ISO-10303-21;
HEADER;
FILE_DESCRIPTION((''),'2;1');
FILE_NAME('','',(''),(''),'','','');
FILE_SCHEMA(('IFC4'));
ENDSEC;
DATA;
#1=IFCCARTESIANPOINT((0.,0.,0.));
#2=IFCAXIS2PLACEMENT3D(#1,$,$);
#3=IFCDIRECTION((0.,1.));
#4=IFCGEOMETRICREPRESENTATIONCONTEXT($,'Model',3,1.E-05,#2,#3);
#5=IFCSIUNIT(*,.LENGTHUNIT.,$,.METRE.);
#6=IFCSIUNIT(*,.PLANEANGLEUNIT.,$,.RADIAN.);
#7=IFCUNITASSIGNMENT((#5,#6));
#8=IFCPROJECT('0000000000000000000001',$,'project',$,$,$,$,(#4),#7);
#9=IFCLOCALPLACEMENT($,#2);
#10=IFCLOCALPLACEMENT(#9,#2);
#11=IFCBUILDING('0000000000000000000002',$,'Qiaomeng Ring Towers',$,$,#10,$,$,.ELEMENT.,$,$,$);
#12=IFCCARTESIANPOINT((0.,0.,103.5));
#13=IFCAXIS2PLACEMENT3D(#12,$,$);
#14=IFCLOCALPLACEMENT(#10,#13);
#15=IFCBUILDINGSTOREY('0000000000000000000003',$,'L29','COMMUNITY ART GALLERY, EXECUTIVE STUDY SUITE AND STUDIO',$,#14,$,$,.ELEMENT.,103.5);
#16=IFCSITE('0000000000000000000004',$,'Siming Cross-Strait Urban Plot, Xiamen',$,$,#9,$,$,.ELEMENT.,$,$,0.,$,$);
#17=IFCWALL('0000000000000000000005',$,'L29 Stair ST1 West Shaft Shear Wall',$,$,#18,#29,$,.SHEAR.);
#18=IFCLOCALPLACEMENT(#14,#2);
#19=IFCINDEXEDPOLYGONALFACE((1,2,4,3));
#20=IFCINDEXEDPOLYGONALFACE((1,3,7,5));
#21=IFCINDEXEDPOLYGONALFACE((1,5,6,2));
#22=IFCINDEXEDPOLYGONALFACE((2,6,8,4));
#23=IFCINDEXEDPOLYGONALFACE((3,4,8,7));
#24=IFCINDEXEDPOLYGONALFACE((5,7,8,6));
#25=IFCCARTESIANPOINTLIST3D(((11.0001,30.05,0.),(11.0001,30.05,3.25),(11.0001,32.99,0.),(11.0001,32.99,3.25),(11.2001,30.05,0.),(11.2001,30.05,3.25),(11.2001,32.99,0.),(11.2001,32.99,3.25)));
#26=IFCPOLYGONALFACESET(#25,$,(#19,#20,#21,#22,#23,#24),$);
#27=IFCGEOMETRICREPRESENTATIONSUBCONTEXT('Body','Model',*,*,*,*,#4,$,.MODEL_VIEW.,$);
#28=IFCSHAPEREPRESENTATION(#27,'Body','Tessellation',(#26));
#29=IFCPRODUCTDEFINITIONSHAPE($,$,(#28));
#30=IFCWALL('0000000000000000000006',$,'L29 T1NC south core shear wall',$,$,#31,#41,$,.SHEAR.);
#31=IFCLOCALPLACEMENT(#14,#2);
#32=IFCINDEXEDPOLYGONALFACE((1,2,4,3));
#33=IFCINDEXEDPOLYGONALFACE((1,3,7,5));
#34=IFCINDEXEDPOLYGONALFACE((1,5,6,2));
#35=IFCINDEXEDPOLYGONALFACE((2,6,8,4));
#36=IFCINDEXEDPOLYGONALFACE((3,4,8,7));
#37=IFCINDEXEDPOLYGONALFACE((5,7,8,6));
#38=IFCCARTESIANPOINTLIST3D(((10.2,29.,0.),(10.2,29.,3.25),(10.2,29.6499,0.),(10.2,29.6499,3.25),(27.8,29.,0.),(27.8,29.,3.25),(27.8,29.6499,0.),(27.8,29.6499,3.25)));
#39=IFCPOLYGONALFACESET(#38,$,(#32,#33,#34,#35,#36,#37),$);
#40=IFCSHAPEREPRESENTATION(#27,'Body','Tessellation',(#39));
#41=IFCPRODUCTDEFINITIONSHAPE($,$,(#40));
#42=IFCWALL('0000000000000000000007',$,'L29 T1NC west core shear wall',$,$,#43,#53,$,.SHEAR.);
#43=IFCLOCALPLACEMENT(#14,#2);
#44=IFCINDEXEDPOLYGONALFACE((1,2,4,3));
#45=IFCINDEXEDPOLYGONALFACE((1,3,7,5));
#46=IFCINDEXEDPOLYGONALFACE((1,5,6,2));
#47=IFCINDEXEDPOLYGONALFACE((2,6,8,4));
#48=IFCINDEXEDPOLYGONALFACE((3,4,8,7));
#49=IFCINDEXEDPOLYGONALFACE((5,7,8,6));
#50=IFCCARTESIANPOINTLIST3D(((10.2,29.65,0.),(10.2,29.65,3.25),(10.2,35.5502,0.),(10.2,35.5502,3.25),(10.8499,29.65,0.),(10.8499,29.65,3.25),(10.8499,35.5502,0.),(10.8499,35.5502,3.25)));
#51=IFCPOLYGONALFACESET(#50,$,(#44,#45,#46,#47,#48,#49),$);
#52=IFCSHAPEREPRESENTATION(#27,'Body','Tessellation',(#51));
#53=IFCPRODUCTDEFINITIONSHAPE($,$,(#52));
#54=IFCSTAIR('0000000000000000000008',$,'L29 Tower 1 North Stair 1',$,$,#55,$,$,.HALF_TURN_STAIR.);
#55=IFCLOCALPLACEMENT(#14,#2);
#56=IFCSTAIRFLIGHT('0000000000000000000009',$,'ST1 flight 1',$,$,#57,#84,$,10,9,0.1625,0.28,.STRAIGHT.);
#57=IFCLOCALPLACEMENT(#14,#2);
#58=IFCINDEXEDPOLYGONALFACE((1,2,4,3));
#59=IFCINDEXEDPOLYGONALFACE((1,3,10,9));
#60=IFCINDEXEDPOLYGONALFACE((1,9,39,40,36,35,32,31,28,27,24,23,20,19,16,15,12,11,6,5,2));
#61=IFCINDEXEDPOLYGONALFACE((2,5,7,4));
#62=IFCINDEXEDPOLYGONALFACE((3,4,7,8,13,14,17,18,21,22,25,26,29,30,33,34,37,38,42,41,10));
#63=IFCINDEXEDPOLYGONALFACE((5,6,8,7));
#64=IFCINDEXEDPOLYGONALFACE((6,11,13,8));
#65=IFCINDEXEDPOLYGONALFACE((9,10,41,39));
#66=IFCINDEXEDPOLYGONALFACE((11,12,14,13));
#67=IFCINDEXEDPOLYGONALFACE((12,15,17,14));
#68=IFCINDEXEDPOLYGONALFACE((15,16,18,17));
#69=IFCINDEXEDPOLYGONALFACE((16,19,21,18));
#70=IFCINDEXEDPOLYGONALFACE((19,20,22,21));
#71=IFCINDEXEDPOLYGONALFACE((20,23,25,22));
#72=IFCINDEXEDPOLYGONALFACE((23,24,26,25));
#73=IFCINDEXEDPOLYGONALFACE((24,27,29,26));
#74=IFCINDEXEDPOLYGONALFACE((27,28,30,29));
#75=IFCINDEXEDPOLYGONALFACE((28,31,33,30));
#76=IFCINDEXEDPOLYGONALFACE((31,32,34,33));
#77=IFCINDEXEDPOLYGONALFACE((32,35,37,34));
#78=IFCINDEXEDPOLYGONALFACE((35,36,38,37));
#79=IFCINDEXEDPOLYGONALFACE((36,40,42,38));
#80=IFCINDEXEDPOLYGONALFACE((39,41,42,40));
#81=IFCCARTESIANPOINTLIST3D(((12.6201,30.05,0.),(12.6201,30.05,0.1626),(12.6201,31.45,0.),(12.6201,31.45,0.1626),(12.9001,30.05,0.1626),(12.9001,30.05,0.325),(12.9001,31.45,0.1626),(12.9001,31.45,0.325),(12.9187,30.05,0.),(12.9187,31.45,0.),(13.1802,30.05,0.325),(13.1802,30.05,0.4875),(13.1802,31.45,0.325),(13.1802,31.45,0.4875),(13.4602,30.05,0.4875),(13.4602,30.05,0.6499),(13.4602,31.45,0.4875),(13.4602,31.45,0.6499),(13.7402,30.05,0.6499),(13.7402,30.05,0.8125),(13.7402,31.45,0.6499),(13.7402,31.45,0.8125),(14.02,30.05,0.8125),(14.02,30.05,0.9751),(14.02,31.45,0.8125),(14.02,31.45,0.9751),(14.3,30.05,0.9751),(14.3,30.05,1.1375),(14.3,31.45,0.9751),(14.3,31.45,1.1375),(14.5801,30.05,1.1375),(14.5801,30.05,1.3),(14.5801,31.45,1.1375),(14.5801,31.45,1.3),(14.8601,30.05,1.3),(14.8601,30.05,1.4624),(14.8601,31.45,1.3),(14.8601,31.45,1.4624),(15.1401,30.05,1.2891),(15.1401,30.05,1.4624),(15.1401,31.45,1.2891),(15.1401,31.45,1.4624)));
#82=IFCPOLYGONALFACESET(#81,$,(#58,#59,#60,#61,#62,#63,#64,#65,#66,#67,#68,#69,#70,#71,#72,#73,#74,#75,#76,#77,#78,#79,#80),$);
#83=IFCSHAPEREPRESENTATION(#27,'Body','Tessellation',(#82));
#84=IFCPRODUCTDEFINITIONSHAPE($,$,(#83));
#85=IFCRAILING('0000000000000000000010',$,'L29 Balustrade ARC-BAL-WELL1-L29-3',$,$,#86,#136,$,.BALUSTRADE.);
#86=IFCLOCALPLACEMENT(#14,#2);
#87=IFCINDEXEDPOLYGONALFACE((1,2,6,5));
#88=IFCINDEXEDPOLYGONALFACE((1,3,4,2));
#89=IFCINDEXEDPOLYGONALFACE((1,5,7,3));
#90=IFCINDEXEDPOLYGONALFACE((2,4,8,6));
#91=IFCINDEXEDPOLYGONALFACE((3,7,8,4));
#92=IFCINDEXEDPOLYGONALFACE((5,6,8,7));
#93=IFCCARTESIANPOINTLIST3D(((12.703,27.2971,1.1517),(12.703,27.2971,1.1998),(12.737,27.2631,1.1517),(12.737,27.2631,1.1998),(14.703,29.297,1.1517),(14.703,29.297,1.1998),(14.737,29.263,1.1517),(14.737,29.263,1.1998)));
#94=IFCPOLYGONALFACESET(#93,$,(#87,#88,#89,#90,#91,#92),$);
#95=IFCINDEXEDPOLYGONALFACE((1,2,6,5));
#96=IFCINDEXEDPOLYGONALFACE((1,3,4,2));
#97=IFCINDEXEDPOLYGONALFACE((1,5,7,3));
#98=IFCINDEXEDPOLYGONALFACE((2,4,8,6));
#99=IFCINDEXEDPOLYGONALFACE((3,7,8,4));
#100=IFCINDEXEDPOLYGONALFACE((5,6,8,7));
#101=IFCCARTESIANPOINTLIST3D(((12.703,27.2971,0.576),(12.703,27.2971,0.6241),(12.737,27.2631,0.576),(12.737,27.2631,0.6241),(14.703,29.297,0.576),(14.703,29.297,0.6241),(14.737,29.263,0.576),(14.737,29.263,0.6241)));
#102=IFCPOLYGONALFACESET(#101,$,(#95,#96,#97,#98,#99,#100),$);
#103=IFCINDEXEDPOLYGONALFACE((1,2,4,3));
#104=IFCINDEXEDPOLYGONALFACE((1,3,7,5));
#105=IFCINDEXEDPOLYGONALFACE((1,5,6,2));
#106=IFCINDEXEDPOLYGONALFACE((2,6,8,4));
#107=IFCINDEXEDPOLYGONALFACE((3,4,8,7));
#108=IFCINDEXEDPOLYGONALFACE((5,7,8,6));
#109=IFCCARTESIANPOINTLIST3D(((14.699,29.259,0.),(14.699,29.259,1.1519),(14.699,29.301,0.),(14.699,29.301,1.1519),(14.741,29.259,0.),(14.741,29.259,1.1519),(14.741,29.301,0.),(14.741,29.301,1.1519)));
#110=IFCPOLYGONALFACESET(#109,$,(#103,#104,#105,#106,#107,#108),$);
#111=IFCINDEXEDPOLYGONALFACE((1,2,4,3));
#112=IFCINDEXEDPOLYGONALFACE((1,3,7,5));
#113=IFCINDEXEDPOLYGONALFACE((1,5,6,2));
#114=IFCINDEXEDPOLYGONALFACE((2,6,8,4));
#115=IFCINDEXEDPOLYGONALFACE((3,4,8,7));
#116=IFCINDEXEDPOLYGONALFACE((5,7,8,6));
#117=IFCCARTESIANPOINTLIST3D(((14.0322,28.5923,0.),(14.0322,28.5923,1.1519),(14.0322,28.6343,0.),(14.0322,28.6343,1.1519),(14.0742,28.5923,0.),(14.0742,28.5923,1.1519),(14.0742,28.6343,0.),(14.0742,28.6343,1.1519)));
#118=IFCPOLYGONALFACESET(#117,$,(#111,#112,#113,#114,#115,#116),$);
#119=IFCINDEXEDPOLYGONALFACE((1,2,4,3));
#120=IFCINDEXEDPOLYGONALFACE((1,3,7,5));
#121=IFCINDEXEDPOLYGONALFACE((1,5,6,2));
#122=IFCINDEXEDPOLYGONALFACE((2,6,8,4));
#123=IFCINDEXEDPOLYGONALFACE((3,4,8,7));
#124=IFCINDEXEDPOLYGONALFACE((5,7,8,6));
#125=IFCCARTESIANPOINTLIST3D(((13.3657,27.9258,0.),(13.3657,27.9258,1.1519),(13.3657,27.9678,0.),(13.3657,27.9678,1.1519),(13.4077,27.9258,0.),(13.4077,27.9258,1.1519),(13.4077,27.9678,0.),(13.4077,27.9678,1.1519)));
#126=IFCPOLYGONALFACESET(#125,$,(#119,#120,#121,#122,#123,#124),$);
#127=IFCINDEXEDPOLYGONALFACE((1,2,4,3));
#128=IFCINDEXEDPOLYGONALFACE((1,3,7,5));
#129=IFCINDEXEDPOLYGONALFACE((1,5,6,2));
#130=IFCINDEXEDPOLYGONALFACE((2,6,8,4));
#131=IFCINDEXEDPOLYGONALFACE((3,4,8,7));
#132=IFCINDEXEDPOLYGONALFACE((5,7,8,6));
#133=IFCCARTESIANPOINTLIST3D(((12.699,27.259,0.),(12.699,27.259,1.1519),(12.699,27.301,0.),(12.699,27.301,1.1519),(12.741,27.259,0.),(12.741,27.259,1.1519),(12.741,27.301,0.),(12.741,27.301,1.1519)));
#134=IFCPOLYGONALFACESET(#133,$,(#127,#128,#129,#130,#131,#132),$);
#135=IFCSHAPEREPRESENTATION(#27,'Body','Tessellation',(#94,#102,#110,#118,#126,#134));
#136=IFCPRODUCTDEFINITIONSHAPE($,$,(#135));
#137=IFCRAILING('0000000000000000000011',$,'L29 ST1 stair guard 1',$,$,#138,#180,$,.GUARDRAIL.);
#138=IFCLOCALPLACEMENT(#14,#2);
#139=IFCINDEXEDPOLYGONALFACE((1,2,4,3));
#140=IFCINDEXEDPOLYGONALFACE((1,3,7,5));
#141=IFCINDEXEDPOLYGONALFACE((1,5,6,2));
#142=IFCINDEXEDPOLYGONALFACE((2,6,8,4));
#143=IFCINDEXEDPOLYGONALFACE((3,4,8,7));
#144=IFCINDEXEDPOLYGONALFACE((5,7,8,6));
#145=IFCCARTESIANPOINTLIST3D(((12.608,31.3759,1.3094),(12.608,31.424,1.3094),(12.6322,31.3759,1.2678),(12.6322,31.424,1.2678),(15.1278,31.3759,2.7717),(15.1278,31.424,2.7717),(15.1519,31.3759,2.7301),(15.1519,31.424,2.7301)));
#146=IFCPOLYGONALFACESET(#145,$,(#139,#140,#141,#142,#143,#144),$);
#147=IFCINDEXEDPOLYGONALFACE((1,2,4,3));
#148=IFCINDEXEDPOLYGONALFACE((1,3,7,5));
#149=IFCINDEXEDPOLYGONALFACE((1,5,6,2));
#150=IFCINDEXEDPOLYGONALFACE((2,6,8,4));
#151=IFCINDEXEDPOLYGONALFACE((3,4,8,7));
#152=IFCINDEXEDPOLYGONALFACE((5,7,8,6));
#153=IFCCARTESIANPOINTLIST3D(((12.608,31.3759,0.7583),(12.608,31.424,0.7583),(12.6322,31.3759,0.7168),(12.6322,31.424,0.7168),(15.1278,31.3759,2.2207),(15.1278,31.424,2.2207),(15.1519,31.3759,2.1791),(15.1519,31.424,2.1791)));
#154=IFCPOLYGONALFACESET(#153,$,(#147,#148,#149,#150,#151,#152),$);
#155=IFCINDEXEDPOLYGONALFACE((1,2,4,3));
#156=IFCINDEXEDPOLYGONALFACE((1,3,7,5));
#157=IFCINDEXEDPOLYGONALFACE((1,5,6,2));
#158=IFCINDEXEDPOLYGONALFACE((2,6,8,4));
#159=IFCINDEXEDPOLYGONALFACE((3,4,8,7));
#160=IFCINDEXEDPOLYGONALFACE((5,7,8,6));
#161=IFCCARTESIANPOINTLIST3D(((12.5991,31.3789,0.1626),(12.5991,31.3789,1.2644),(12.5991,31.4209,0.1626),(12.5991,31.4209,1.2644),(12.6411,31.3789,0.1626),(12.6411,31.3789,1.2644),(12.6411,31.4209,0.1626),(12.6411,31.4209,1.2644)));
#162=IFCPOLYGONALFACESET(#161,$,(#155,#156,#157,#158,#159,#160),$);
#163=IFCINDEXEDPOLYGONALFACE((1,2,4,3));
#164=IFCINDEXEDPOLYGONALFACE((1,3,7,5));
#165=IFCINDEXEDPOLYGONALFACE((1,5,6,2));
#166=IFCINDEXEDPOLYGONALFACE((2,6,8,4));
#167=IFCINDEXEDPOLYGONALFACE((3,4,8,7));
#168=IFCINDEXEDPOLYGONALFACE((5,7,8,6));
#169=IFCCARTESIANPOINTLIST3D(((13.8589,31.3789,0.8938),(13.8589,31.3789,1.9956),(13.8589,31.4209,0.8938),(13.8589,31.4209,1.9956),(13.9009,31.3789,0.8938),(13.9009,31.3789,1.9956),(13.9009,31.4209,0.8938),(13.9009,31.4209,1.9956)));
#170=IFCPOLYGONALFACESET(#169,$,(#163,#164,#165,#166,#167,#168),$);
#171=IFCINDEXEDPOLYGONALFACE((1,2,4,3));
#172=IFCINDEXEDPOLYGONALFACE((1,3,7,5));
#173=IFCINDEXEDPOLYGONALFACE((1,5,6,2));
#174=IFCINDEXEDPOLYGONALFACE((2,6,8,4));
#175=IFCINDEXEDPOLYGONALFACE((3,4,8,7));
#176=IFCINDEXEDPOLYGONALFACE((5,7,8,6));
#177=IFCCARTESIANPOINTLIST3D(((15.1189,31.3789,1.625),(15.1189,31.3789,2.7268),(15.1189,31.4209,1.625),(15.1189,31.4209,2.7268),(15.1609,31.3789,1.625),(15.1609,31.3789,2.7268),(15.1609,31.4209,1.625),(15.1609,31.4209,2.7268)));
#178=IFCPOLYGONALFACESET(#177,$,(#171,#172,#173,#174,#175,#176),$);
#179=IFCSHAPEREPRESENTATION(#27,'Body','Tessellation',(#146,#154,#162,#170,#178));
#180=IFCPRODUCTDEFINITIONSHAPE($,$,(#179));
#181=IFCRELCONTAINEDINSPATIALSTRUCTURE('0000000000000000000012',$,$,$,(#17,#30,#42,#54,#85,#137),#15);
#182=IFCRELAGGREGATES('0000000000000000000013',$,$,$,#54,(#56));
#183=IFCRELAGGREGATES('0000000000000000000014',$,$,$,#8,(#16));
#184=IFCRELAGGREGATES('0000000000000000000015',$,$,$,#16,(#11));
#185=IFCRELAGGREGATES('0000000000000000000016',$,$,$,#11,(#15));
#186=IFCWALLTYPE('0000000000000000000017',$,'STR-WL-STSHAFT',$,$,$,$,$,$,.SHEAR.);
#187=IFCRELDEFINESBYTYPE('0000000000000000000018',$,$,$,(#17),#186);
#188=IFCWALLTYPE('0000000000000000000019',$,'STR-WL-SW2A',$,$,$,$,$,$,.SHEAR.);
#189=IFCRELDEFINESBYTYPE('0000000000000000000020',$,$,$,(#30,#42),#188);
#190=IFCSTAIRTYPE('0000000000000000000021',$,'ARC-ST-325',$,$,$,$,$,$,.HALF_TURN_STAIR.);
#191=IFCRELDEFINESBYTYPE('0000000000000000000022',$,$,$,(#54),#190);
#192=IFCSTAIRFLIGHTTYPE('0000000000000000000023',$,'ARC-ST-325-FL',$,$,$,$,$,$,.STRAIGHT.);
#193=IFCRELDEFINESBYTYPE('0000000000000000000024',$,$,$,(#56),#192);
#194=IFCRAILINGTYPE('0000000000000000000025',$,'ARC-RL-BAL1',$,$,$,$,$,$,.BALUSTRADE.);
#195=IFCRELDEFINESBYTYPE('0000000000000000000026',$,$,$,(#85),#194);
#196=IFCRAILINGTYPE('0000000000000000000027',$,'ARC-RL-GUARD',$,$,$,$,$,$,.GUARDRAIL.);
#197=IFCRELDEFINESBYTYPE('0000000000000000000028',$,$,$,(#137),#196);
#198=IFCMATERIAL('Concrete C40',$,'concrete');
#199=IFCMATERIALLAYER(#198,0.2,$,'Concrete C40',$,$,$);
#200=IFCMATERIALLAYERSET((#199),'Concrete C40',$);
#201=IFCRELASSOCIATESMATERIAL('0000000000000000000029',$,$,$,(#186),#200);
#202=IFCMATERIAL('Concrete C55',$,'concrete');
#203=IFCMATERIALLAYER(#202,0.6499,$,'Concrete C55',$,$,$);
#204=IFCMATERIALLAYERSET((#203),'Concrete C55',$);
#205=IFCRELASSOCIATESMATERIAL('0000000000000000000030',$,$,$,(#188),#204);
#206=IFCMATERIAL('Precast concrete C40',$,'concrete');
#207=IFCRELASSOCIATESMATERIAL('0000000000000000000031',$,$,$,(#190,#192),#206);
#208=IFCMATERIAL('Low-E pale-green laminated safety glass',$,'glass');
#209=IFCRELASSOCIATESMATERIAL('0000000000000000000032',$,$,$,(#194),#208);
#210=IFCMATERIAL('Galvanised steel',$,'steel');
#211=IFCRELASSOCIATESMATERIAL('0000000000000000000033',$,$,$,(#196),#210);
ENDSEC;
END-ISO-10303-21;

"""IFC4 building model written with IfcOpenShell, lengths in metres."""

from ifc_helpers import new_model, si_unit, direction, frame, frame_2d, origin, origin_2d, place, context, subcontext, project, spatial, polyline, rectangle, outline, extrude, source, transform, mapped, material, layer, layer_set, type_object, element, aggregate, save


model = new_model("IFC4")

# Units and contexts
model_context = context("Model", 3, precision=1e-05, world=origin(), true_north=direction((0.0, 1.0)))
body_context = subcontext(model_context, "Body", "Model", "MODEL_VIEW")
ifc_project = project(units=[si_unit("LENGTHUNIT", "METRE"), si_unit("PLANEANGLEUNIT", "RADIAN")], contexts=[model_context])

# Site, building, storey
site_placement = place(None, origin())
site = spatial("IfcSite", under=ifc_project, at=site_placement, Name="Siming Cross-Strait Urban Plot, Xiamen", CompositionType="ELEMENT", RefElevation=0.0)
building_placement = place(site_placement, origin())
building = spatial("IfcBuilding", under=site, at=building_placement, Name="Qiaomeng Ring Towers", CompositionType="ELEMENT")
storey_placement = place(building_placement, frame((0.0, 0.0, 103.5)))
storey = spatial("IfcBuildingStorey", under=building, at=storey_placement, Name="L29", Description="COMMUNITY ART GALLERY, EXECUTIVE STUDY SUITE AND STUDIO", CompositionType="ELEMENT", Elevation=103.5)

# Shared definitions
ifc_material_1 = material(Name="Concrete C55", Category="concrete")

# Walls
ifc_material_2 = material(Name="Concrete C40", Category="concrete")
ifc_layer_1 = layer(ifc_material_2, 0.2, Name="Concrete C40")
ifc_layer_set_1 = layer_set([ifc_layer_1], Name="Concrete C40")
wall_type_1 = type_object("IfcWallType", Name="STR-WL-STSHAFT", PredefinedType="SHEAR", material=ifc_layer_set_1)
wall_1_placement = place(storey_placement, frame((11.1001, 30.05, 0.0), z_axis=(0.0, 0.0, 1.0), x_axis=(0.0, 1.0, 0.0)))
element("IfcWall", 1, at=wall_1_placement, inside=storey, type_object=wall_type_1, Name="L29 Stair ST1 West Shaft Shear Wall", PredefinedType="SHEAR", context=body_context, shape_type="SweptSolid", body=[
    extrude(rectangle(XDim=2.9399, YDim=0.2, at=frame_2d((1.47, 0.0))), origin(), (0.0, 0.0, 1.0), 3.25),
])
ifc_layer_2 = layer(ifc_material_1, 0.6499, Name="Concrete C55")
ifc_layer_set_2 = layer_set([ifc_layer_2], Name="Concrete C55")
wall_type_2 = type_object("IfcWallType", Name="STR-WL-SW2A", PredefinedType="SHEAR", material=ifc_layer_set_2)
wall_2_placement = place(storey_placement, frame((10.2, 29.325, 0.0), z_axis=(0.0, 0.0, 1.0), x_axis=(1.0, 0.0, 0.0)))
element("IfcWall", 2, at=wall_2_placement, inside=storey, type_object=wall_type_2, Name="L29 T1NC south core shear wall", PredefinedType="SHEAR", context=body_context, shape_type="SweptSolid", body=[
    extrude(rectangle(XDim=17.6001, YDim=0.6499, at=frame_2d((8.8, 0.0))), origin(), (0.0, 0.0, 1.0), 3.25),
])
wall_3_placement = place(storey_placement, frame((10.5249, 29.6499, 0.0), z_axis=(0.0, 0.0, 1.0), x_axis=(0.0, 1.0, 0.0)))
element("IfcWall", 3, at=wall_3_placement, inside=storey, type_object=wall_type_2, Name="L29 T1NC west core shear wall", PredefinedType="SHEAR", context=body_context, shape_type="SweptSolid", body=[
    extrude(rectangle(XDim=5.9001, YDim=0.6499, at=frame_2d((2.9502, 0.0))), origin(), (0.0, 0.0, 1.0), 3.25),
])

# Stair, stair flight
ifc_material_3 = material(Name="Precast concrete C40", Category="concrete")
stair_type = type_object("IfcStairType", Name="ARC-ST-325", PredefinedType="HALF_TURN_STAIR", material=ifc_material_3)
stair_placement = place(storey_placement, origin())
stair = element("IfcStair", 4, at=stair_placement, inside=storey, type_object=stair_type, Name="L29 Tower 1 North Stair 1", PredefinedType="HALF_TURN_STAIR")
stair_flight_type = type_object("IfcStairFlightType", Name="ARC-ST-325-FL", PredefinedType="STRAIGHT", material=ifc_material_3)
shared_shape_1 = source(origin(), body_context, "Body", "SweptSolid", [
    extrude(outline(polyline([(0.0, 0.0), (0.0, 0.1626), (0.28, 0.1626), (0.28, 0.325), (0.5601, 0.325), (0.5601, 0.4875), (0.8401, 0.4875), (0.8401, 0.6499), (1.1201, 0.6499), (1.1201, 0.8125), (1.3999, 0.8125), (1.3999, 0.9751), (1.6799, 0.9751), (1.6799, 1.1375), (1.96, 1.1375), (1.96, 1.3), (2.24, 1.3), (2.24, 1.4624), (2.52, 1.4624), (2.52, 1.625), (2.52, 1.2891), (0.2986, 0.0), (0.0, 0.0)])), frame((0.0, 0.7, 0.0), z_axis=(0.0, -1.0, 0.0), x_axis=(1.0, 0.0, 0.0)), (0.0, 0.0, 1.0), 1.3999),
])
stair_flight_placement = place(storey_placement, frame((12.6201, 30.75, 0.0), z_axis=(0.0, 0.0, 1.0), x_axis=(1.0, 0.0, 0.0)))
stair_flight = element("IfcStairFlight", 5, at=stair_flight_placement, type_object=stair_flight_type, Name="ST1 flight 1", NumberOfRisers=10, NumberOfTreads=9, PredefinedType="STRAIGHT", RiserHeight=0.1625, TreadLength=0.28, context=body_context, shape_type="MappedRepresentation", body=[
    mapped(shared_shape_1, transform((0.0, 0.0, 0.0), x_axis=(1.0, 0.0, 0.0), y_axis=(0.0, 1.0, 0.0), z_axis=(0.0, 0.0, 1.0), scale=1.0)),
])
aggregate(stair, [stair_flight])

# Railings
ifc_material_4 = material(Name="Low-E pale-green laminated safety glass", Category="glass")
railing_type_1 = type_object("IfcRailingType", Name="ARC-RL-BAL1", PredefinedType="BALUSTRADE", material=ifc_material_4)
railing_1_placement = place(storey_placement, frame((14.72, 29.28, 0.0)))
element("IfcRailing", 6, at=railing_1_placement, inside=storey, type_object=railing_type_1, Name="L29 Balustrade ARC-BAL-WELL1-L29-3", PredefinedType="BALUSTRADE", context=body_context, shape_type="SweptSolid", body=[
    extrude(rectangle(XDim=0.0481, YDim=0.0481, at=origin_2d()), frame((0.0, 0.0, 1.1758), z_axis=(-0.707107, -0.707107, 0.0), x_axis=(0.707107, -0.707107, 0.0)), (0.0, 0.0, 1.0), 2.8284),
    extrude(rectangle(XDim=0.0481, YDim=0.0481, at=origin_2d()), frame((0.0, 0.0, 0.6001), z_axis=(-0.707107, -0.707107, 0.0), x_axis=(0.707107, -0.707107, 0.0)), (0.0, 0.0, 1.0), 2.8284),
    extrude(rectangle(XDim=0.042, YDim=0.042, at=origin_2d()), origin(), (0.0, 0.0, 1.0), 1.1519),
    extrude(rectangle(XDim=0.042, YDim=0.042, at=origin_2d()), frame((-0.6667, -0.6667, 0.0)), (0.0, 0.0, 1.0), 1.1519),
    extrude(rectangle(XDim=0.042, YDim=0.042, at=origin_2d()), frame((-1.3333, -1.3333, 0.0)), (0.0, 0.0, 1.0), 1.1519),
    extrude(rectangle(XDim=0.042, YDim=0.042, at=origin_2d()), frame((-2.0, -2.0, 0.0)), (0.0, 0.0, 1.0), 1.1519),
])
ifc_material_5 = material(Name="Galvanised steel", Category="steel")
railing_type_2 = type_object("IfcRailingType", Name="ARC-RL-GUARD", PredefinedType="GUARDRAIL", material=ifc_material_5)
railing_2_placement = place(storey_placement, frame((12.6201, 31.3999, 0.1626)))
element("IfcRailing", 7, at=railing_2_placement, inside=storey, type_object=railing_type_2, Name="L29 ST1 stair guard 1", PredefinedType="GUARDRAIL", context=body_context, shape_type="SweptSolid", body=[
    extrude(rectangle(XDim=0.0481, YDim=0.0481, at=origin_2d()), frame((0.0, 0.0, 1.126), z_axis=(0.864892, 0.0, 0.501958), x_axis=(0.0, 1.0, 0.0)), (0.0, 0.0, 1.0), 2.9133),
    extrude(rectangle(XDim=0.0481, YDim=0.0481, at=origin_2d()), frame((0.0, 0.0, 0.575), z_axis=(0.864892, 0.0, 0.501958), x_axis=(0.0, 1.0, 0.0)), (0.0, 0.0, 1.0), 2.9133),
    extrude(rectangle(XDim=0.042, YDim=0.042, at=origin_2d()), origin(), (0.0, 0.0, 1.0), 1.1018),
    extrude(rectangle(XDim=0.042, YDim=0.042, at=origin_2d()), frame((1.2598, 0.0, 0.7312)), (0.0, 0.0, 1.0), 1.1018),
    extrude(rectangle(XDim=0.042, YDim=0.042, at=origin_2d()), frame((2.5198, 0.0, 1.4624)), (0.0, 0.0, 1.0), 1.1018),
])

save(model, "model.ifc")
